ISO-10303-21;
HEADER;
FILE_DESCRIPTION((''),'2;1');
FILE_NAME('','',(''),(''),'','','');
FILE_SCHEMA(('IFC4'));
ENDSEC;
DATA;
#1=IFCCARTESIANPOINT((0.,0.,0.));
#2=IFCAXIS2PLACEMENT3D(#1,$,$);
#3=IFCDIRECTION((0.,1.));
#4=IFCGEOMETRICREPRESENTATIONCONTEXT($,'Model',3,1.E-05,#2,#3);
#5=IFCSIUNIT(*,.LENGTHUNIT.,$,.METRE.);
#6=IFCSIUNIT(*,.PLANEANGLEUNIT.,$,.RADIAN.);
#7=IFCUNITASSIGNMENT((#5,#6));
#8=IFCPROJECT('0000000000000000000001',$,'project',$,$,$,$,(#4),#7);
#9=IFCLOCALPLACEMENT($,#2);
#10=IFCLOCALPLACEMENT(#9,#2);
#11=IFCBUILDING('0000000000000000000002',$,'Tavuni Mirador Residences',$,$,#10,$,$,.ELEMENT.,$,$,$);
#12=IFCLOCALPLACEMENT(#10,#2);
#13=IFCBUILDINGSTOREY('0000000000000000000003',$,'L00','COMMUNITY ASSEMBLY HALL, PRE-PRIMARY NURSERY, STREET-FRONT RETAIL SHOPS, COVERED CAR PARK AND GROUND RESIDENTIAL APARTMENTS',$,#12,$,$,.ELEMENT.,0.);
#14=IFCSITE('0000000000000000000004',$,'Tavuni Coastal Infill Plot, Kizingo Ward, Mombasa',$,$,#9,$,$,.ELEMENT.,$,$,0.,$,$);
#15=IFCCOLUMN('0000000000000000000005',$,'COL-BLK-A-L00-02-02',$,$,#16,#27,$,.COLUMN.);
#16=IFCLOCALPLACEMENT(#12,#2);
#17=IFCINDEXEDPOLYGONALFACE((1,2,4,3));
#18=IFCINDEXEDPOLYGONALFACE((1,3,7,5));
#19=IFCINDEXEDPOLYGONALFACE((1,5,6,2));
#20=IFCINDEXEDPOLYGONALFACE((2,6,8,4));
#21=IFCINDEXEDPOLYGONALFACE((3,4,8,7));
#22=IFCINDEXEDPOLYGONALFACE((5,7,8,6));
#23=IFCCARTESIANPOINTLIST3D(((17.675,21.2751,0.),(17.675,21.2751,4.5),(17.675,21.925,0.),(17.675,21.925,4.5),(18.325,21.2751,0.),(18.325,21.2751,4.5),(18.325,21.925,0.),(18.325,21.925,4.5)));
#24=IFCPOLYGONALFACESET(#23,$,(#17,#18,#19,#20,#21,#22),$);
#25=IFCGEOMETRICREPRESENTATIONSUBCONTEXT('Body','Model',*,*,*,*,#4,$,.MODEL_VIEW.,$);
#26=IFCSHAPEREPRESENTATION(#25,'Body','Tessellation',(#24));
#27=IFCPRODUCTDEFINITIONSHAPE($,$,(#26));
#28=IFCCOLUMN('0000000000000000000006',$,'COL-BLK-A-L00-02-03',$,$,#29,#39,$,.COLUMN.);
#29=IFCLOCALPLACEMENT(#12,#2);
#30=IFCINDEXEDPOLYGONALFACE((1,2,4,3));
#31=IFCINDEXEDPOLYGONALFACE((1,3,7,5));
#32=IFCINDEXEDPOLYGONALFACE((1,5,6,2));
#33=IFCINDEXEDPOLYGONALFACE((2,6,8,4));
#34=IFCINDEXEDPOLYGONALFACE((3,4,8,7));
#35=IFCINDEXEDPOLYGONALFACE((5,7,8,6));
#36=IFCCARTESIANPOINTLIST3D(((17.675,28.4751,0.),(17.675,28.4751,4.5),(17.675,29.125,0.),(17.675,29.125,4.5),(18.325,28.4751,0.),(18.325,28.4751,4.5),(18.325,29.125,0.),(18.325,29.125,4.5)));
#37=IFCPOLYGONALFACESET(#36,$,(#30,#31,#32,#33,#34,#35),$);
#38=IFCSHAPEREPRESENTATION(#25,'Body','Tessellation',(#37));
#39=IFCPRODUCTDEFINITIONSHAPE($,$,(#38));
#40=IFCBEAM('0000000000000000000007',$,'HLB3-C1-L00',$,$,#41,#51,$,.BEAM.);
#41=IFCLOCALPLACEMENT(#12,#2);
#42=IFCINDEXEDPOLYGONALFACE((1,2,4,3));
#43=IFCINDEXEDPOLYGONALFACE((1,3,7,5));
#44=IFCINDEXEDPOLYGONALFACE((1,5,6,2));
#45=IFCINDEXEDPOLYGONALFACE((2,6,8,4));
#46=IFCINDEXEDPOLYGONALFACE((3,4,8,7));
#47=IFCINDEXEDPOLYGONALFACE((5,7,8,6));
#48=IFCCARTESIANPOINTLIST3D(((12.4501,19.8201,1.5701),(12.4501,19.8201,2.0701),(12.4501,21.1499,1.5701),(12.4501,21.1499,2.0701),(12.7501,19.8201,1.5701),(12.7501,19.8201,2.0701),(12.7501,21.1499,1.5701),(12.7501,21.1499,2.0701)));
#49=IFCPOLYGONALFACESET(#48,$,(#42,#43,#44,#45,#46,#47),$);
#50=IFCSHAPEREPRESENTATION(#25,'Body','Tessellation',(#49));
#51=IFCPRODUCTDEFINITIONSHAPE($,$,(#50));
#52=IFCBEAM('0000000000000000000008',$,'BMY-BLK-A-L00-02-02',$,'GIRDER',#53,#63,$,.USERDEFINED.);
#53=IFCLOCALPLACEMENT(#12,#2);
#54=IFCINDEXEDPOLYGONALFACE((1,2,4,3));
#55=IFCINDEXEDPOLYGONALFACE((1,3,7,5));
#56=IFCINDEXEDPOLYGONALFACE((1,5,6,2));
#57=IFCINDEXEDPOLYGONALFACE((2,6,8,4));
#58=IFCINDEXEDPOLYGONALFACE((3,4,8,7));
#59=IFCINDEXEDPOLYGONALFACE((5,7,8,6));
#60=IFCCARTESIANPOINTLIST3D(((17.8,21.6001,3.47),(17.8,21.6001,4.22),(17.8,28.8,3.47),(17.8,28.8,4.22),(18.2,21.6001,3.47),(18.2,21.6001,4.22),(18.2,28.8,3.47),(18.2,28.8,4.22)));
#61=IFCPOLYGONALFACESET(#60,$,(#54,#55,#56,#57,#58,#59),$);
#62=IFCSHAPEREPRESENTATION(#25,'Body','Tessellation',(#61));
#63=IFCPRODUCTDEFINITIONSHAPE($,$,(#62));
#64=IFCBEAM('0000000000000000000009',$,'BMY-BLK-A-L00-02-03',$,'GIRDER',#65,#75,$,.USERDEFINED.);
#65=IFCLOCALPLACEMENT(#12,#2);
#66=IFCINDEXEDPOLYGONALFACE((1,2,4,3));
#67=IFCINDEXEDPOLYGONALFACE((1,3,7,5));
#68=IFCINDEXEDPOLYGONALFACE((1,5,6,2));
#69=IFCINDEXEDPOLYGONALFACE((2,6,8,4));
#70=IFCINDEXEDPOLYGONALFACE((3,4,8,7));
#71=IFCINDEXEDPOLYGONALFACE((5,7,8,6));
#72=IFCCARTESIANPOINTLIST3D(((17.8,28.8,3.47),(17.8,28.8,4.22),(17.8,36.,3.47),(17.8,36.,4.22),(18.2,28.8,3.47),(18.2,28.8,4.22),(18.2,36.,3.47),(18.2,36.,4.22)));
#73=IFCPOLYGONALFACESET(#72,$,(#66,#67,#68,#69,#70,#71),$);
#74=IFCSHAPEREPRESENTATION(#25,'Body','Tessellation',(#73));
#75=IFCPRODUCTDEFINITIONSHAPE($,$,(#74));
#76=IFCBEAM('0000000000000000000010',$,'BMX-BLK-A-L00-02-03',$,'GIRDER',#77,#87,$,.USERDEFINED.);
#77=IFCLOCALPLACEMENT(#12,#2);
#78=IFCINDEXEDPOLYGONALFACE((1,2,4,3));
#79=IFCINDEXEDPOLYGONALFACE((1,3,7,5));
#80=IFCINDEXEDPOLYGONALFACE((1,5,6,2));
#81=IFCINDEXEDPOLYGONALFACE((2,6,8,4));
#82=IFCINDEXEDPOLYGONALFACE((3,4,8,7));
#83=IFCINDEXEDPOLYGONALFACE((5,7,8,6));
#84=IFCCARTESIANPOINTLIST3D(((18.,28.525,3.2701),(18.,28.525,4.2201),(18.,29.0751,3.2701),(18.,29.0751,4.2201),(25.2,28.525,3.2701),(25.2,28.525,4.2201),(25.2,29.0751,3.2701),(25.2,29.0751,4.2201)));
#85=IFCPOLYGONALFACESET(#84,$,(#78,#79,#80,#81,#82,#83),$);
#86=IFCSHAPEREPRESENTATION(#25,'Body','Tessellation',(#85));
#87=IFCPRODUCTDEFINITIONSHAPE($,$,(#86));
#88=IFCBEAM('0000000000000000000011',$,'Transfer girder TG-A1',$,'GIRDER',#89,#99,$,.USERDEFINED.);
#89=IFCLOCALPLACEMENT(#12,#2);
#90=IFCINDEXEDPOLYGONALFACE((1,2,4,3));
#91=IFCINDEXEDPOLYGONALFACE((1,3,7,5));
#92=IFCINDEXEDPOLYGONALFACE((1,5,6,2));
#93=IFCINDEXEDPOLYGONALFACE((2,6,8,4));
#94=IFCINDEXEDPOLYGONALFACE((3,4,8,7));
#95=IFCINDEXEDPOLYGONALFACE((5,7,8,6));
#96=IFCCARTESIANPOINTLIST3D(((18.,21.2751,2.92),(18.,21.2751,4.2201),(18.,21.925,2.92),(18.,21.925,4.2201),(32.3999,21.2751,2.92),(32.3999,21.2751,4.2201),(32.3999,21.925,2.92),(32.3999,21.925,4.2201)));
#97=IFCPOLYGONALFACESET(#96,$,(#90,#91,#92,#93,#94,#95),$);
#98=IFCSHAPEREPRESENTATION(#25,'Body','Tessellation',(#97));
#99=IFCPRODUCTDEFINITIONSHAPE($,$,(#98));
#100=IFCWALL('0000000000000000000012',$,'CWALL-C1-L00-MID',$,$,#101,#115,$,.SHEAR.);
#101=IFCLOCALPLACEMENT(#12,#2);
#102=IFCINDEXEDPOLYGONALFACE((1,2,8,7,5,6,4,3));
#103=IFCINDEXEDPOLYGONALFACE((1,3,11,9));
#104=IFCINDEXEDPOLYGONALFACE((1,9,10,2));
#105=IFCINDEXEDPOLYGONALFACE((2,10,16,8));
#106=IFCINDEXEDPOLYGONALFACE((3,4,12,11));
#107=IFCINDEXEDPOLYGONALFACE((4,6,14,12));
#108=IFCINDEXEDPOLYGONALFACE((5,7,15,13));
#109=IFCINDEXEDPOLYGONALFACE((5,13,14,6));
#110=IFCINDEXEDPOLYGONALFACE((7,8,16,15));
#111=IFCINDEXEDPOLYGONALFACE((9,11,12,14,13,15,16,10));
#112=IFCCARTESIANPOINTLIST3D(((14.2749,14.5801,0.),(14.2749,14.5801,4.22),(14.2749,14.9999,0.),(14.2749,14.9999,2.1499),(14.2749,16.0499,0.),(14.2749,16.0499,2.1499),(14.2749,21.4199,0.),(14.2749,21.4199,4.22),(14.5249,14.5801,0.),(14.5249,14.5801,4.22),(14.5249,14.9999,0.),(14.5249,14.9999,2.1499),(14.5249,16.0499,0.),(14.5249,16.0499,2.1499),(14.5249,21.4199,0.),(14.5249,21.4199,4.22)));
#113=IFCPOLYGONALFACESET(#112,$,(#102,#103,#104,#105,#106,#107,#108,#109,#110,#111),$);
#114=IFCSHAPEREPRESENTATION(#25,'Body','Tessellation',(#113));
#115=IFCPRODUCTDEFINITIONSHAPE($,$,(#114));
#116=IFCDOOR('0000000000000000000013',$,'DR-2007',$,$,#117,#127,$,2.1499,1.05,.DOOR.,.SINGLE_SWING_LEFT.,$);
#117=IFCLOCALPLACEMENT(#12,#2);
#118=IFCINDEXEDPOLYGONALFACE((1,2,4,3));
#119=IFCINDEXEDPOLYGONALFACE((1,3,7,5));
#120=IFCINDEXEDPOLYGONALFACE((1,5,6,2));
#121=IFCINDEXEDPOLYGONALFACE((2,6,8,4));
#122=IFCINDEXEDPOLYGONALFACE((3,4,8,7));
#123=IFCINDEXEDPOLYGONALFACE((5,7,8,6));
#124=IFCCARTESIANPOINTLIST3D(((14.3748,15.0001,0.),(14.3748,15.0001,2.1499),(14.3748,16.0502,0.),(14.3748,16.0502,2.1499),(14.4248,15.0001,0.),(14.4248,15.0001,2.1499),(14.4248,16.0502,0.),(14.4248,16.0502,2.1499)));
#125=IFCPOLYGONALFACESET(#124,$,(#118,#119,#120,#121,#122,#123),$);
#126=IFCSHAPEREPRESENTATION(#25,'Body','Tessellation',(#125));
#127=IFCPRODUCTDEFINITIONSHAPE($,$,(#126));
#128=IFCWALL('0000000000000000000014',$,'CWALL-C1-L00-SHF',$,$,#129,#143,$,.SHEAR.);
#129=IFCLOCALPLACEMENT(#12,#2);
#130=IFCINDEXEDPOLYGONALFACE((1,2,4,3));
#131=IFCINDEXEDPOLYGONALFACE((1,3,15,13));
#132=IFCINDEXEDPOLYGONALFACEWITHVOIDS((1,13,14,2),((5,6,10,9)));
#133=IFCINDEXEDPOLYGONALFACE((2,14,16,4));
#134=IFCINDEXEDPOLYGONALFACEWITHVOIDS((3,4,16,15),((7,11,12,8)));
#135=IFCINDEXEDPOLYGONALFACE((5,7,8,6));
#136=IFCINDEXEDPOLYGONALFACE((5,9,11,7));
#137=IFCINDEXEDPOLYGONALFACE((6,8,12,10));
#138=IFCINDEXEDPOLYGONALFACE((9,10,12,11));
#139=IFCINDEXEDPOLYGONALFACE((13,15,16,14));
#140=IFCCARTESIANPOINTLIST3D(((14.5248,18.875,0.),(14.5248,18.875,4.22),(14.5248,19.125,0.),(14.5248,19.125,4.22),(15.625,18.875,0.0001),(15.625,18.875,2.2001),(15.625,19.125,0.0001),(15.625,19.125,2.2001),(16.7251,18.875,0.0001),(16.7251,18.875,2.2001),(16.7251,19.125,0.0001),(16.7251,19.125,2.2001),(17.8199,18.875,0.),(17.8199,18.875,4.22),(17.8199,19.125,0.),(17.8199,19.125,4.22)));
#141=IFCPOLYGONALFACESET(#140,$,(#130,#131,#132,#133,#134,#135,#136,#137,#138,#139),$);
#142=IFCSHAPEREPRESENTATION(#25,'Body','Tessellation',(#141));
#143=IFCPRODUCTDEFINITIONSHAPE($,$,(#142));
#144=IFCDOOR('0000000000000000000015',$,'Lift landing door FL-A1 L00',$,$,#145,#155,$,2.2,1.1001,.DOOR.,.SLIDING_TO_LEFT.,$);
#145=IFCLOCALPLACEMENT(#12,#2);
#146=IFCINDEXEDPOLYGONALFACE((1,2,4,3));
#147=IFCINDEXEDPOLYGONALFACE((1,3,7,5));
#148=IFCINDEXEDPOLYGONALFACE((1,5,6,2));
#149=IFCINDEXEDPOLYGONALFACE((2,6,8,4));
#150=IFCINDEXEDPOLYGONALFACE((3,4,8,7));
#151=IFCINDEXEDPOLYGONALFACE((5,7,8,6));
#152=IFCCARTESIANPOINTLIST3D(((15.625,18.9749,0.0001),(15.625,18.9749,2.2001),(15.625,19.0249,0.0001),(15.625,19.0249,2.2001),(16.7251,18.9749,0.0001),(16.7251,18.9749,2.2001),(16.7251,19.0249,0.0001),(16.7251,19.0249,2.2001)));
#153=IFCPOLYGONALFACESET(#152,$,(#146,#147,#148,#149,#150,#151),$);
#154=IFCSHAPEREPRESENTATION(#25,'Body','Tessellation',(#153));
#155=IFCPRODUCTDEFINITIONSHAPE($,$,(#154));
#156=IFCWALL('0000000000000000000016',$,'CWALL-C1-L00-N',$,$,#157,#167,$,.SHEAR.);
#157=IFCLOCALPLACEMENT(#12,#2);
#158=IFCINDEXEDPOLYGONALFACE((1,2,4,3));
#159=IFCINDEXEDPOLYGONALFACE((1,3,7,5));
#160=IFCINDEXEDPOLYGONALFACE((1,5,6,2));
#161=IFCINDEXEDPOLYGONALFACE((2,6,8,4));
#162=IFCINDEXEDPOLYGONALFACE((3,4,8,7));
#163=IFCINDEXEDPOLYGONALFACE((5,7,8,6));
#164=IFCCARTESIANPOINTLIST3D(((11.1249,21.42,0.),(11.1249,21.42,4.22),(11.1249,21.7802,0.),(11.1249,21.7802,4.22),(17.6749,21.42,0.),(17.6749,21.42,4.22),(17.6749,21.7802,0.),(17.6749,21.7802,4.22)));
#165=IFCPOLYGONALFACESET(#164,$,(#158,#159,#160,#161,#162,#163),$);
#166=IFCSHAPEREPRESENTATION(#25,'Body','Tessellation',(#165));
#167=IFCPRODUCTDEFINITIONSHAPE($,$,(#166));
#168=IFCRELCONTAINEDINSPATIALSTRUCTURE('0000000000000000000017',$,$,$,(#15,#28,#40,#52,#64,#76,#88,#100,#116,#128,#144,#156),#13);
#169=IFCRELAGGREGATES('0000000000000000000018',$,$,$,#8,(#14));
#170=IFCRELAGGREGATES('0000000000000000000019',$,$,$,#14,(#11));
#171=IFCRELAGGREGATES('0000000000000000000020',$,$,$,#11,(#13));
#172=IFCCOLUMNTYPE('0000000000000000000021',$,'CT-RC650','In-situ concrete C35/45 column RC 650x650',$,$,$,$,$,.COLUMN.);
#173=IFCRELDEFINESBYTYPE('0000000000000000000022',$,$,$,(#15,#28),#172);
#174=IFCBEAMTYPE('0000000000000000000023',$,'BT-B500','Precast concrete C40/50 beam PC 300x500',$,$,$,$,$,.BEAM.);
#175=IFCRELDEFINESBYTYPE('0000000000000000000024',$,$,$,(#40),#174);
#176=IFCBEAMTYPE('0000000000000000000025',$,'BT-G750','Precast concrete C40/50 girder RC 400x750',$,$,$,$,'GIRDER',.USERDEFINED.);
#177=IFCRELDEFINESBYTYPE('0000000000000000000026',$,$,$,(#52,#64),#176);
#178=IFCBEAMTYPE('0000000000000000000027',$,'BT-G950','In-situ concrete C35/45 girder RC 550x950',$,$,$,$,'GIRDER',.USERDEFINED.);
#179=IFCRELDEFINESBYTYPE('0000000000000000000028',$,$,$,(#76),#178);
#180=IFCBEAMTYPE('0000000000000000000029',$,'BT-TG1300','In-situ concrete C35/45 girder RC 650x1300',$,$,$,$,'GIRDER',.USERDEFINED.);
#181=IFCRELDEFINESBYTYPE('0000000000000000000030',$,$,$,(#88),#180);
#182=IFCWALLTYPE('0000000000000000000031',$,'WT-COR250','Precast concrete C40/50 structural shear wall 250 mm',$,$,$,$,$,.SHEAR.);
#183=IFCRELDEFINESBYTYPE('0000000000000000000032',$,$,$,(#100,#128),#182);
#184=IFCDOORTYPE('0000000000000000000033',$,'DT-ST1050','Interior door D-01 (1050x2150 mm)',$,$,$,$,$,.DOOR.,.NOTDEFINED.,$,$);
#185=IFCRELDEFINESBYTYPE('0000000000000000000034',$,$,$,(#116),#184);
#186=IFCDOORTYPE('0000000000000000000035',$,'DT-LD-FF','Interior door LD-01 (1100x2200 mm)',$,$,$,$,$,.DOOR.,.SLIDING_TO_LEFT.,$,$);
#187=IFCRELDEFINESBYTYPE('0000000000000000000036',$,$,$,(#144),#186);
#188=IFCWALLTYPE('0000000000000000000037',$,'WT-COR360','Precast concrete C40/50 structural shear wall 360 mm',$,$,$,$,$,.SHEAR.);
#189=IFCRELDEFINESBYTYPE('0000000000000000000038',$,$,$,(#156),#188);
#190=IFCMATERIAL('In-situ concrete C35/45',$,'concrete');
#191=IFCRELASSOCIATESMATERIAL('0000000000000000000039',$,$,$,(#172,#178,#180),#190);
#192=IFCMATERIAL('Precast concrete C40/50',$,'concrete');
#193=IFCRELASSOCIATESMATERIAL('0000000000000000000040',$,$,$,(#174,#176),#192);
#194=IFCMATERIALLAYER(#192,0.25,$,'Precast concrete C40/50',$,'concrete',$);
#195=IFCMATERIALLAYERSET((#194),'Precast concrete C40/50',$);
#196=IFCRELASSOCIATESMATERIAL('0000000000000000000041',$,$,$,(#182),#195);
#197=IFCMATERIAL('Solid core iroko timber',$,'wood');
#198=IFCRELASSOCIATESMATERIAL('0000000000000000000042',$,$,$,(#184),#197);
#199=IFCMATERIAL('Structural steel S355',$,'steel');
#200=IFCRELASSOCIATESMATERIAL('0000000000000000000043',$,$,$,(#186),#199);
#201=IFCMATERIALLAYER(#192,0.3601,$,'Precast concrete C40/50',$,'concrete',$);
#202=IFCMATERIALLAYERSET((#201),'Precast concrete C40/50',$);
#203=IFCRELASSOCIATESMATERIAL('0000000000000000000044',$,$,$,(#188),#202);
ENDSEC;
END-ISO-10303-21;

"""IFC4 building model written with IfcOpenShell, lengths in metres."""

from ifc_helpers import new_model, si_unit, direction, frame, frame_2d, origin, origin_2d, place, context, subcontext, project, spatial, rectangle, extrude, material, layer, layer_set, material_profile, profile_set, type_object, element, fill, save


model = new_model("IFC4")

# Units and contexts
model_context = context("Model", 3, precision=1e-05, world=origin(), true_north=direction((0.0, 1.0)))
body_context = subcontext(model_context, "Body", "Model", "MODEL_VIEW")
ifc_project = project(units=[si_unit("LENGTHUNIT", "METRE"), si_unit("PLANEANGLEUNIT", "RADIAN")], contexts=[model_context])

# Site, building, storey
site_placement = place(None, origin())
site = spatial("IfcSite", under=ifc_project, at=site_placement, Name="Tavuni Coastal Infill Plot, Kizingo Ward, Mombasa", CompositionType="ELEMENT", RefElevation=0.0)
building_placement = place(site_placement, origin())
building = spatial("IfcBuilding", under=site, at=building_placement, Name="Tavuni Mirador Residences", CompositionType="ELEMENT")
storey_placement = place(building_placement, origin())
storey = spatial("IfcBuildingStorey", under=building, at=storey_placement, Name="L00", Description="COMMUNITY ASSEMBLY HALL, PRE-PRIMARY NURSERY, STREET-FRONT RETAIL SHOPS, COVERED CAR PARK AND GROUND RESIDENTIAL APARTMENTS", CompositionType="ELEMENT", Elevation=0.0)

# Columns
ifc_material_1 = material(Name="In-situ concrete C35/45", Category="concrete")
ifc_material_profile_1 = material_profile(ifc_material_1, rectangle(XDim=0.6499, YDim=0.6499, at=origin_2d()), Name="RC 650x650", Category="concrete")
ifc_profile_set_1 = profile_set([ifc_material_profile_1], Name="In-situ concrete C35/45")
column_type = type_object("IfcColumnType", Name="CT-RC650", Description="In-situ concrete C35/45 column RC 650x650", PredefinedType="COLUMN", material=ifc_profile_set_1)
for number, where, z_axis, x_axis, name in (
    (1, (18.0, 21.6001, 0.0), (0.0, 0.0, 1.0), (1.0, 0.0, 0.0), "COL-BLK-A-L00-02-02"),
    (2, (18.0, 28.8, 0.0), (0.0, 0.0, 1.0), (1.0, 0.0, 0.0), "COL-BLK-A-L00-02-03"),
):
    element("IfcColumn", number, at=place(storey_placement, frame(where, z_axis=z_axis, x_axis=x_axis)), inside=storey, type_object=column_type, Name=name, PredefinedType="COLUMN", context=body_context, shape_type="SweptSolid", body=[
        extrude(rectangle(XDim=0.6499, YDim=0.6499, at=origin_2d()), origin(), (0.0, 0.0, 1.0), 4.5),
    ])

# Beams
ifc_material_2 = material(Name="Precast concrete C40/50", Category="concrete")
ifc_material_profile_2 = material_profile(ifc_material_2, rectangle(XDim=0.3, YDim=0.5, at=origin_2d()), Name="PC 300x500", Category="concrete")
ifc_profile_set_2 = profile_set([ifc_material_profile_2], Name="Precast concrete C40/50")
beam_type_1 = type_object("IfcBeamType", Name="BT-B500", Description="Precast concrete C40/50 beam PC 300x500", PredefinedType="BEAM", material=ifc_profile_set_2)
beam_1_placement = place(storey_placement, frame((12.6001, 19.8201, 1.8201), z_axis=(0.0, 1.0, 0.0), x_axis=(-1.0, 0.0, 0.0)))
element("IfcBeam", 3, at=beam_1_placement, inside=storey, type_object=beam_type_1, Name="HLB3-C1-L00", PredefinedType="BEAM", context=body_context, shape_type="SweptSolid", body=[
    extrude(rectangle(XDim=0.3, YDim=0.5, at=origin_2d()), origin(), (0.0, 0.0, 1.0), 1.3298),
])
ifc_material_profile_3 = material_profile(ifc_material_2, rectangle(XDim=0.3999, YDim=0.75, at=origin_2d()), Name="RC 400x750", Category="concrete")
ifc_profile_set_3 = profile_set([ifc_material_profile_3], Name="Precast concrete C40/50")
beam_type_2 = type_object("IfcBeamType", Name="BT-G750", Description="Precast concrete C40/50 girder RC 400x750", ElementType="GIRDER", PredefinedType="USERDEFINED", material=ifc_profile_set_3)
for number, where, z_axis, x_axis, name in (
    (4, (18.0, 21.6001, 3.845), (0.0, 1.0, 0.0), (-1.0, 0.0, 0.0), "BMY-BLK-A-L00-02-02"),
    (5, (18.0, 28.8, 3.845), (0.0, 1.0, 0.0), (-1.0, 0.0, 0.0), "BMY-BLK-A-L00-02-03"),
):
    element("IfcBeam", number, at=place(storey_placement, frame(where, z_axis=z_axis, x_axis=x_axis)), inside=storey, type_object=beam_type_2, Name=name, ObjectType="GIRDER", PredefinedType="USERDEFINED", context=body_context, shape_type="SweptSolid", body=[
        extrude(rectangle(XDim=0.3999, YDim=0.75, at=origin_2d()), origin(), (0.0, 0.0, 1.0), 7.2),
    ])
ifc_material_profile_4 = material_profile(ifc_material_1, rectangle(XDim=0.55, YDim=0.95, at=origin_2d()), Name="RC 550x950", Category="concrete")
ifc_profile_set_4 = profile_set([ifc_material_profile_4], Name="In-situ concrete C35/45")
beam_type_3 = type_object("IfcBeamType", Name="BT-G950", Description="In-situ concrete C35/45 girder RC 550x950", ElementType="GIRDER", PredefinedType="USERDEFINED", material=ifc_profile_set_4)
beam_2_placement = place(storey_placement, frame((18.0, 28.8, 3.7451), z_axis=(1.0, 0.0, 0.0), x_axis=(0.0, 1.0, 0.0)))
element("IfcBeam", 6, at=beam_2_placement, inside=storey, type_object=beam_type_3, Name="BMX-BLK-A-L00-02-03", ObjectType="GIRDER", PredefinedType="USERDEFINED", context=body_context, shape_type="SweptSolid", body=[
    extrude(rectangle(XDim=0.55, YDim=0.95, at=origin_2d()), origin(), (0.0, 0.0, 1.0), 7.2),
])
ifc_material_profile_5 = material_profile(ifc_material_1, rectangle(XDim=0.6499, YDim=1.3, at=origin_2d()), Name="RC 650x1300", Category="concrete")
ifc_profile_set_5 = profile_set([ifc_material_profile_5], Name="In-situ concrete C35/45")
beam_type_4 = type_object("IfcBeamType", Name="BT-TG1300", Description="In-situ concrete C35/45 girder RC 650x1300", ElementType="GIRDER", PredefinedType="USERDEFINED", material=ifc_profile_set_5)
beam_3_placement = place(storey_placement, frame((18.0, 21.6001, 3.5701), z_axis=(1.0, 0.0, 0.0), x_axis=(0.0, 1.0, 0.0)))
element("IfcBeam", 7, at=beam_3_placement, inside=storey, type_object=beam_type_4, Name="Transfer girder TG-A1", ObjectType="GIRDER", PredefinedType="USERDEFINED", context=body_context, shape_type="SweptSolid", body=[
    extrude(rectangle(XDim=0.6499, YDim=1.3, at=origin_2d()), origin(), (0.0, 0.0, 1.0), 14.3999),
])

# Walls, openings, doors
ifc_layer_1 = layer(ifc_material_2, 0.25, Name="Precast concrete C40/50", Category="concrete")
ifc_layer_set_1 = layer_set([ifc_layer_1], Name="Precast concrete C40/50")
wall_type_1 = type_object("IfcWallType", Name="WT-COR250", Description="Precast concrete C40/50 structural shear wall 250 mm", PredefinedType="SHEAR", material=ifc_layer_set_1)
wall_1_placement = place(storey_placement, frame((14.3999, 14.5801, 0.0), z_axis=(0.0, 0.0, 1.0), x_axis=(0.0, 1.0, 0.0)))
wall_1 = element("IfcWall", 8, at=wall_1_placement, inside=storey, type_object=wall_type_1, Name="CWALL-C1-L00-MID", PredefinedType="SHEAR", context=body_context, shape_type="SweptSolid", body=[
    extrude(rectangle(XDim=6.8398, YDim=0.25, at=frame_2d((3.4199, 0.0))), origin(), (0.0, 0.0, 1.0), 4.22),
])
opening_1_placement = place(wall_1_placement, frame((0.4199, 0.0, 0.0)))
opening_1 = element("IfcOpeningElement", 9, at=opening_1_placement, cuts=wall_1, PredefinedType="OPENING", context=body_context, shape_type="SweptSolid", body=[
    extrude(rectangle(XDim=1.05, YDim=2.1499, at=frame_2d((0.5249, 1.075))), frame((0.0, 0.135, 0.0), z_axis=(0.0, -1.0, 0.0), x_axis=(1.0, 0.0, 0.0)), (0.0, 0.0, 1.0), 0.27),
])
ifc_material_3 = material(Name="Solid core iroko timber", Category="wood")
door_type_1 = type_object("IfcDoorType", Name="DT-ST1050", Description="Interior door D-01 (1050x2150 mm)", OperationType="NOTDEFINED", PredefinedType="DOOR", material=ifc_material_3)
door_1_placement = place(opening_1_placement, frame((1.05, 0.0, 0.0), z_axis=(0.0, 0.0, 1.0), x_axis=(-1.0, 0.0, 0.0)))
door_1 = element("IfcDoor", 10, at=door_1_placement, inside=storey, type_object=door_type_1, Name="DR-2007", OperationType="SINGLE_SWING_LEFT", OverallHeight=2.1499, OverallWidth=1.05, PredefinedType="DOOR", context=body_context, shape_type="SweptSolid", body=[
    extrude(rectangle(XDim=1.05, YDim=2.1499, at=frame_2d((0.5249, 1.075))), frame((0.0, 0.0249, 0.0), z_axis=(0.0, -1.0, 0.0), x_axis=(1.0, 0.0, 0.0)), (0.0, 0.0, 1.0), 0.05),
])
fill(opening_1, door_1)
wall_2_placement = place(storey_placement, frame((14.5249, 19.0, 0.0), z_axis=(0.0, 0.0, 1.0), x_axis=(1.0, 0.0, 0.0)))
wall_2 = element("IfcWall", 11, at=wall_2_placement, inside=storey, type_object=wall_type_1, Name="CWALL-C1-L00-SHF", PredefinedType="SHEAR", context=body_context, shape_type="SweptSolid", body=[
    extrude(rectangle(XDim=3.2952, YDim=0.25, at=frame_2d((1.6475, 0.0))), origin(), (0.0, 0.0, 1.0), 4.22),
])
opening_2_placement = place(wall_2_placement, frame((1.1001, 0.0, 0.0)))
opening_2 = element("IfcOpeningElement", 12, at=opening_2_placement, cuts=wall_2, PredefinedType="OPENING", context=body_context, shape_type="SweptSolid", body=[
    extrude(rectangle(XDim=1.1001, YDim=2.2, at=frame_2d((0.55, 1.1001))), frame((0.0, 0.135, 0.0), z_axis=(0.0, -1.0, 0.0), x_axis=(1.0, 0.0, 0.0)), (0.0, 0.0, 1.0), 0.27),
])
ifc_material_4 = material(Name="Structural steel S355", Category="steel")
door_type_2 = type_object("IfcDoorType", Name="DT-LD-FF", Description="Interior door LD-01 (1100x2200 mm)", OperationType="SLIDING_TO_LEFT", PredefinedType="DOOR", material=ifc_material_4)
door_2_placement = place(opening_2_placement, origin())
door_2 = element("IfcDoor", 13, at=door_2_placement, inside=storey, type_object=door_type_2, Name="Lift landing door FL-A1 L00", OperationType="SLIDING_TO_LEFT", OverallHeight=2.2, OverallWidth=1.1001, PredefinedType="DOOR", context=body_context, shape_type="SweptSolid", body=[
    extrude(rectangle(XDim=1.1001, YDim=2.2, at=frame_2d((0.55, 1.1001))), frame((0.0, 0.0249, 0.0), z_axis=(0.0, -1.0, 0.0), x_axis=(1.0, 0.0, 0.0)), (0.0, 0.0, 1.0), 0.05),
])
fill(opening_2, door_2)

# Wall
ifc_layer_2 = layer(ifc_material_2, 0.3601, Name="Precast concrete C40/50", Category="concrete")
ifc_layer_set_2 = layer_set([ifc_layer_2], Name="Precast concrete C40/50")
wall_type_2 = type_object("IfcWallType", Name="WT-COR360", Description="Precast concrete C40/50 structural shear wall 360 mm", PredefinedType="SHEAR", material=ifc_layer_set_2)
wall_3_placement = place(storey_placement, frame((11.125, 21.6001, 0.0), z_axis=(0.0, 0.0, 1.0), x_axis=(1.0, 0.0, 0.0)))
element("IfcWall", 14, at=wall_3_placement, inside=storey, type_object=wall_type_2, Name="CWALL-C1-L00-N", PredefinedType="SHEAR", context=body_context, shape_type="SweptSolid", body=[
    extrude(rectangle(XDim=6.55, YDim=0.3601, at=frame_2d((3.2749, 0.0))), origin(), (0.0, 0.0, 1.0), 4.22),
])

save(model, "model.ifc")
